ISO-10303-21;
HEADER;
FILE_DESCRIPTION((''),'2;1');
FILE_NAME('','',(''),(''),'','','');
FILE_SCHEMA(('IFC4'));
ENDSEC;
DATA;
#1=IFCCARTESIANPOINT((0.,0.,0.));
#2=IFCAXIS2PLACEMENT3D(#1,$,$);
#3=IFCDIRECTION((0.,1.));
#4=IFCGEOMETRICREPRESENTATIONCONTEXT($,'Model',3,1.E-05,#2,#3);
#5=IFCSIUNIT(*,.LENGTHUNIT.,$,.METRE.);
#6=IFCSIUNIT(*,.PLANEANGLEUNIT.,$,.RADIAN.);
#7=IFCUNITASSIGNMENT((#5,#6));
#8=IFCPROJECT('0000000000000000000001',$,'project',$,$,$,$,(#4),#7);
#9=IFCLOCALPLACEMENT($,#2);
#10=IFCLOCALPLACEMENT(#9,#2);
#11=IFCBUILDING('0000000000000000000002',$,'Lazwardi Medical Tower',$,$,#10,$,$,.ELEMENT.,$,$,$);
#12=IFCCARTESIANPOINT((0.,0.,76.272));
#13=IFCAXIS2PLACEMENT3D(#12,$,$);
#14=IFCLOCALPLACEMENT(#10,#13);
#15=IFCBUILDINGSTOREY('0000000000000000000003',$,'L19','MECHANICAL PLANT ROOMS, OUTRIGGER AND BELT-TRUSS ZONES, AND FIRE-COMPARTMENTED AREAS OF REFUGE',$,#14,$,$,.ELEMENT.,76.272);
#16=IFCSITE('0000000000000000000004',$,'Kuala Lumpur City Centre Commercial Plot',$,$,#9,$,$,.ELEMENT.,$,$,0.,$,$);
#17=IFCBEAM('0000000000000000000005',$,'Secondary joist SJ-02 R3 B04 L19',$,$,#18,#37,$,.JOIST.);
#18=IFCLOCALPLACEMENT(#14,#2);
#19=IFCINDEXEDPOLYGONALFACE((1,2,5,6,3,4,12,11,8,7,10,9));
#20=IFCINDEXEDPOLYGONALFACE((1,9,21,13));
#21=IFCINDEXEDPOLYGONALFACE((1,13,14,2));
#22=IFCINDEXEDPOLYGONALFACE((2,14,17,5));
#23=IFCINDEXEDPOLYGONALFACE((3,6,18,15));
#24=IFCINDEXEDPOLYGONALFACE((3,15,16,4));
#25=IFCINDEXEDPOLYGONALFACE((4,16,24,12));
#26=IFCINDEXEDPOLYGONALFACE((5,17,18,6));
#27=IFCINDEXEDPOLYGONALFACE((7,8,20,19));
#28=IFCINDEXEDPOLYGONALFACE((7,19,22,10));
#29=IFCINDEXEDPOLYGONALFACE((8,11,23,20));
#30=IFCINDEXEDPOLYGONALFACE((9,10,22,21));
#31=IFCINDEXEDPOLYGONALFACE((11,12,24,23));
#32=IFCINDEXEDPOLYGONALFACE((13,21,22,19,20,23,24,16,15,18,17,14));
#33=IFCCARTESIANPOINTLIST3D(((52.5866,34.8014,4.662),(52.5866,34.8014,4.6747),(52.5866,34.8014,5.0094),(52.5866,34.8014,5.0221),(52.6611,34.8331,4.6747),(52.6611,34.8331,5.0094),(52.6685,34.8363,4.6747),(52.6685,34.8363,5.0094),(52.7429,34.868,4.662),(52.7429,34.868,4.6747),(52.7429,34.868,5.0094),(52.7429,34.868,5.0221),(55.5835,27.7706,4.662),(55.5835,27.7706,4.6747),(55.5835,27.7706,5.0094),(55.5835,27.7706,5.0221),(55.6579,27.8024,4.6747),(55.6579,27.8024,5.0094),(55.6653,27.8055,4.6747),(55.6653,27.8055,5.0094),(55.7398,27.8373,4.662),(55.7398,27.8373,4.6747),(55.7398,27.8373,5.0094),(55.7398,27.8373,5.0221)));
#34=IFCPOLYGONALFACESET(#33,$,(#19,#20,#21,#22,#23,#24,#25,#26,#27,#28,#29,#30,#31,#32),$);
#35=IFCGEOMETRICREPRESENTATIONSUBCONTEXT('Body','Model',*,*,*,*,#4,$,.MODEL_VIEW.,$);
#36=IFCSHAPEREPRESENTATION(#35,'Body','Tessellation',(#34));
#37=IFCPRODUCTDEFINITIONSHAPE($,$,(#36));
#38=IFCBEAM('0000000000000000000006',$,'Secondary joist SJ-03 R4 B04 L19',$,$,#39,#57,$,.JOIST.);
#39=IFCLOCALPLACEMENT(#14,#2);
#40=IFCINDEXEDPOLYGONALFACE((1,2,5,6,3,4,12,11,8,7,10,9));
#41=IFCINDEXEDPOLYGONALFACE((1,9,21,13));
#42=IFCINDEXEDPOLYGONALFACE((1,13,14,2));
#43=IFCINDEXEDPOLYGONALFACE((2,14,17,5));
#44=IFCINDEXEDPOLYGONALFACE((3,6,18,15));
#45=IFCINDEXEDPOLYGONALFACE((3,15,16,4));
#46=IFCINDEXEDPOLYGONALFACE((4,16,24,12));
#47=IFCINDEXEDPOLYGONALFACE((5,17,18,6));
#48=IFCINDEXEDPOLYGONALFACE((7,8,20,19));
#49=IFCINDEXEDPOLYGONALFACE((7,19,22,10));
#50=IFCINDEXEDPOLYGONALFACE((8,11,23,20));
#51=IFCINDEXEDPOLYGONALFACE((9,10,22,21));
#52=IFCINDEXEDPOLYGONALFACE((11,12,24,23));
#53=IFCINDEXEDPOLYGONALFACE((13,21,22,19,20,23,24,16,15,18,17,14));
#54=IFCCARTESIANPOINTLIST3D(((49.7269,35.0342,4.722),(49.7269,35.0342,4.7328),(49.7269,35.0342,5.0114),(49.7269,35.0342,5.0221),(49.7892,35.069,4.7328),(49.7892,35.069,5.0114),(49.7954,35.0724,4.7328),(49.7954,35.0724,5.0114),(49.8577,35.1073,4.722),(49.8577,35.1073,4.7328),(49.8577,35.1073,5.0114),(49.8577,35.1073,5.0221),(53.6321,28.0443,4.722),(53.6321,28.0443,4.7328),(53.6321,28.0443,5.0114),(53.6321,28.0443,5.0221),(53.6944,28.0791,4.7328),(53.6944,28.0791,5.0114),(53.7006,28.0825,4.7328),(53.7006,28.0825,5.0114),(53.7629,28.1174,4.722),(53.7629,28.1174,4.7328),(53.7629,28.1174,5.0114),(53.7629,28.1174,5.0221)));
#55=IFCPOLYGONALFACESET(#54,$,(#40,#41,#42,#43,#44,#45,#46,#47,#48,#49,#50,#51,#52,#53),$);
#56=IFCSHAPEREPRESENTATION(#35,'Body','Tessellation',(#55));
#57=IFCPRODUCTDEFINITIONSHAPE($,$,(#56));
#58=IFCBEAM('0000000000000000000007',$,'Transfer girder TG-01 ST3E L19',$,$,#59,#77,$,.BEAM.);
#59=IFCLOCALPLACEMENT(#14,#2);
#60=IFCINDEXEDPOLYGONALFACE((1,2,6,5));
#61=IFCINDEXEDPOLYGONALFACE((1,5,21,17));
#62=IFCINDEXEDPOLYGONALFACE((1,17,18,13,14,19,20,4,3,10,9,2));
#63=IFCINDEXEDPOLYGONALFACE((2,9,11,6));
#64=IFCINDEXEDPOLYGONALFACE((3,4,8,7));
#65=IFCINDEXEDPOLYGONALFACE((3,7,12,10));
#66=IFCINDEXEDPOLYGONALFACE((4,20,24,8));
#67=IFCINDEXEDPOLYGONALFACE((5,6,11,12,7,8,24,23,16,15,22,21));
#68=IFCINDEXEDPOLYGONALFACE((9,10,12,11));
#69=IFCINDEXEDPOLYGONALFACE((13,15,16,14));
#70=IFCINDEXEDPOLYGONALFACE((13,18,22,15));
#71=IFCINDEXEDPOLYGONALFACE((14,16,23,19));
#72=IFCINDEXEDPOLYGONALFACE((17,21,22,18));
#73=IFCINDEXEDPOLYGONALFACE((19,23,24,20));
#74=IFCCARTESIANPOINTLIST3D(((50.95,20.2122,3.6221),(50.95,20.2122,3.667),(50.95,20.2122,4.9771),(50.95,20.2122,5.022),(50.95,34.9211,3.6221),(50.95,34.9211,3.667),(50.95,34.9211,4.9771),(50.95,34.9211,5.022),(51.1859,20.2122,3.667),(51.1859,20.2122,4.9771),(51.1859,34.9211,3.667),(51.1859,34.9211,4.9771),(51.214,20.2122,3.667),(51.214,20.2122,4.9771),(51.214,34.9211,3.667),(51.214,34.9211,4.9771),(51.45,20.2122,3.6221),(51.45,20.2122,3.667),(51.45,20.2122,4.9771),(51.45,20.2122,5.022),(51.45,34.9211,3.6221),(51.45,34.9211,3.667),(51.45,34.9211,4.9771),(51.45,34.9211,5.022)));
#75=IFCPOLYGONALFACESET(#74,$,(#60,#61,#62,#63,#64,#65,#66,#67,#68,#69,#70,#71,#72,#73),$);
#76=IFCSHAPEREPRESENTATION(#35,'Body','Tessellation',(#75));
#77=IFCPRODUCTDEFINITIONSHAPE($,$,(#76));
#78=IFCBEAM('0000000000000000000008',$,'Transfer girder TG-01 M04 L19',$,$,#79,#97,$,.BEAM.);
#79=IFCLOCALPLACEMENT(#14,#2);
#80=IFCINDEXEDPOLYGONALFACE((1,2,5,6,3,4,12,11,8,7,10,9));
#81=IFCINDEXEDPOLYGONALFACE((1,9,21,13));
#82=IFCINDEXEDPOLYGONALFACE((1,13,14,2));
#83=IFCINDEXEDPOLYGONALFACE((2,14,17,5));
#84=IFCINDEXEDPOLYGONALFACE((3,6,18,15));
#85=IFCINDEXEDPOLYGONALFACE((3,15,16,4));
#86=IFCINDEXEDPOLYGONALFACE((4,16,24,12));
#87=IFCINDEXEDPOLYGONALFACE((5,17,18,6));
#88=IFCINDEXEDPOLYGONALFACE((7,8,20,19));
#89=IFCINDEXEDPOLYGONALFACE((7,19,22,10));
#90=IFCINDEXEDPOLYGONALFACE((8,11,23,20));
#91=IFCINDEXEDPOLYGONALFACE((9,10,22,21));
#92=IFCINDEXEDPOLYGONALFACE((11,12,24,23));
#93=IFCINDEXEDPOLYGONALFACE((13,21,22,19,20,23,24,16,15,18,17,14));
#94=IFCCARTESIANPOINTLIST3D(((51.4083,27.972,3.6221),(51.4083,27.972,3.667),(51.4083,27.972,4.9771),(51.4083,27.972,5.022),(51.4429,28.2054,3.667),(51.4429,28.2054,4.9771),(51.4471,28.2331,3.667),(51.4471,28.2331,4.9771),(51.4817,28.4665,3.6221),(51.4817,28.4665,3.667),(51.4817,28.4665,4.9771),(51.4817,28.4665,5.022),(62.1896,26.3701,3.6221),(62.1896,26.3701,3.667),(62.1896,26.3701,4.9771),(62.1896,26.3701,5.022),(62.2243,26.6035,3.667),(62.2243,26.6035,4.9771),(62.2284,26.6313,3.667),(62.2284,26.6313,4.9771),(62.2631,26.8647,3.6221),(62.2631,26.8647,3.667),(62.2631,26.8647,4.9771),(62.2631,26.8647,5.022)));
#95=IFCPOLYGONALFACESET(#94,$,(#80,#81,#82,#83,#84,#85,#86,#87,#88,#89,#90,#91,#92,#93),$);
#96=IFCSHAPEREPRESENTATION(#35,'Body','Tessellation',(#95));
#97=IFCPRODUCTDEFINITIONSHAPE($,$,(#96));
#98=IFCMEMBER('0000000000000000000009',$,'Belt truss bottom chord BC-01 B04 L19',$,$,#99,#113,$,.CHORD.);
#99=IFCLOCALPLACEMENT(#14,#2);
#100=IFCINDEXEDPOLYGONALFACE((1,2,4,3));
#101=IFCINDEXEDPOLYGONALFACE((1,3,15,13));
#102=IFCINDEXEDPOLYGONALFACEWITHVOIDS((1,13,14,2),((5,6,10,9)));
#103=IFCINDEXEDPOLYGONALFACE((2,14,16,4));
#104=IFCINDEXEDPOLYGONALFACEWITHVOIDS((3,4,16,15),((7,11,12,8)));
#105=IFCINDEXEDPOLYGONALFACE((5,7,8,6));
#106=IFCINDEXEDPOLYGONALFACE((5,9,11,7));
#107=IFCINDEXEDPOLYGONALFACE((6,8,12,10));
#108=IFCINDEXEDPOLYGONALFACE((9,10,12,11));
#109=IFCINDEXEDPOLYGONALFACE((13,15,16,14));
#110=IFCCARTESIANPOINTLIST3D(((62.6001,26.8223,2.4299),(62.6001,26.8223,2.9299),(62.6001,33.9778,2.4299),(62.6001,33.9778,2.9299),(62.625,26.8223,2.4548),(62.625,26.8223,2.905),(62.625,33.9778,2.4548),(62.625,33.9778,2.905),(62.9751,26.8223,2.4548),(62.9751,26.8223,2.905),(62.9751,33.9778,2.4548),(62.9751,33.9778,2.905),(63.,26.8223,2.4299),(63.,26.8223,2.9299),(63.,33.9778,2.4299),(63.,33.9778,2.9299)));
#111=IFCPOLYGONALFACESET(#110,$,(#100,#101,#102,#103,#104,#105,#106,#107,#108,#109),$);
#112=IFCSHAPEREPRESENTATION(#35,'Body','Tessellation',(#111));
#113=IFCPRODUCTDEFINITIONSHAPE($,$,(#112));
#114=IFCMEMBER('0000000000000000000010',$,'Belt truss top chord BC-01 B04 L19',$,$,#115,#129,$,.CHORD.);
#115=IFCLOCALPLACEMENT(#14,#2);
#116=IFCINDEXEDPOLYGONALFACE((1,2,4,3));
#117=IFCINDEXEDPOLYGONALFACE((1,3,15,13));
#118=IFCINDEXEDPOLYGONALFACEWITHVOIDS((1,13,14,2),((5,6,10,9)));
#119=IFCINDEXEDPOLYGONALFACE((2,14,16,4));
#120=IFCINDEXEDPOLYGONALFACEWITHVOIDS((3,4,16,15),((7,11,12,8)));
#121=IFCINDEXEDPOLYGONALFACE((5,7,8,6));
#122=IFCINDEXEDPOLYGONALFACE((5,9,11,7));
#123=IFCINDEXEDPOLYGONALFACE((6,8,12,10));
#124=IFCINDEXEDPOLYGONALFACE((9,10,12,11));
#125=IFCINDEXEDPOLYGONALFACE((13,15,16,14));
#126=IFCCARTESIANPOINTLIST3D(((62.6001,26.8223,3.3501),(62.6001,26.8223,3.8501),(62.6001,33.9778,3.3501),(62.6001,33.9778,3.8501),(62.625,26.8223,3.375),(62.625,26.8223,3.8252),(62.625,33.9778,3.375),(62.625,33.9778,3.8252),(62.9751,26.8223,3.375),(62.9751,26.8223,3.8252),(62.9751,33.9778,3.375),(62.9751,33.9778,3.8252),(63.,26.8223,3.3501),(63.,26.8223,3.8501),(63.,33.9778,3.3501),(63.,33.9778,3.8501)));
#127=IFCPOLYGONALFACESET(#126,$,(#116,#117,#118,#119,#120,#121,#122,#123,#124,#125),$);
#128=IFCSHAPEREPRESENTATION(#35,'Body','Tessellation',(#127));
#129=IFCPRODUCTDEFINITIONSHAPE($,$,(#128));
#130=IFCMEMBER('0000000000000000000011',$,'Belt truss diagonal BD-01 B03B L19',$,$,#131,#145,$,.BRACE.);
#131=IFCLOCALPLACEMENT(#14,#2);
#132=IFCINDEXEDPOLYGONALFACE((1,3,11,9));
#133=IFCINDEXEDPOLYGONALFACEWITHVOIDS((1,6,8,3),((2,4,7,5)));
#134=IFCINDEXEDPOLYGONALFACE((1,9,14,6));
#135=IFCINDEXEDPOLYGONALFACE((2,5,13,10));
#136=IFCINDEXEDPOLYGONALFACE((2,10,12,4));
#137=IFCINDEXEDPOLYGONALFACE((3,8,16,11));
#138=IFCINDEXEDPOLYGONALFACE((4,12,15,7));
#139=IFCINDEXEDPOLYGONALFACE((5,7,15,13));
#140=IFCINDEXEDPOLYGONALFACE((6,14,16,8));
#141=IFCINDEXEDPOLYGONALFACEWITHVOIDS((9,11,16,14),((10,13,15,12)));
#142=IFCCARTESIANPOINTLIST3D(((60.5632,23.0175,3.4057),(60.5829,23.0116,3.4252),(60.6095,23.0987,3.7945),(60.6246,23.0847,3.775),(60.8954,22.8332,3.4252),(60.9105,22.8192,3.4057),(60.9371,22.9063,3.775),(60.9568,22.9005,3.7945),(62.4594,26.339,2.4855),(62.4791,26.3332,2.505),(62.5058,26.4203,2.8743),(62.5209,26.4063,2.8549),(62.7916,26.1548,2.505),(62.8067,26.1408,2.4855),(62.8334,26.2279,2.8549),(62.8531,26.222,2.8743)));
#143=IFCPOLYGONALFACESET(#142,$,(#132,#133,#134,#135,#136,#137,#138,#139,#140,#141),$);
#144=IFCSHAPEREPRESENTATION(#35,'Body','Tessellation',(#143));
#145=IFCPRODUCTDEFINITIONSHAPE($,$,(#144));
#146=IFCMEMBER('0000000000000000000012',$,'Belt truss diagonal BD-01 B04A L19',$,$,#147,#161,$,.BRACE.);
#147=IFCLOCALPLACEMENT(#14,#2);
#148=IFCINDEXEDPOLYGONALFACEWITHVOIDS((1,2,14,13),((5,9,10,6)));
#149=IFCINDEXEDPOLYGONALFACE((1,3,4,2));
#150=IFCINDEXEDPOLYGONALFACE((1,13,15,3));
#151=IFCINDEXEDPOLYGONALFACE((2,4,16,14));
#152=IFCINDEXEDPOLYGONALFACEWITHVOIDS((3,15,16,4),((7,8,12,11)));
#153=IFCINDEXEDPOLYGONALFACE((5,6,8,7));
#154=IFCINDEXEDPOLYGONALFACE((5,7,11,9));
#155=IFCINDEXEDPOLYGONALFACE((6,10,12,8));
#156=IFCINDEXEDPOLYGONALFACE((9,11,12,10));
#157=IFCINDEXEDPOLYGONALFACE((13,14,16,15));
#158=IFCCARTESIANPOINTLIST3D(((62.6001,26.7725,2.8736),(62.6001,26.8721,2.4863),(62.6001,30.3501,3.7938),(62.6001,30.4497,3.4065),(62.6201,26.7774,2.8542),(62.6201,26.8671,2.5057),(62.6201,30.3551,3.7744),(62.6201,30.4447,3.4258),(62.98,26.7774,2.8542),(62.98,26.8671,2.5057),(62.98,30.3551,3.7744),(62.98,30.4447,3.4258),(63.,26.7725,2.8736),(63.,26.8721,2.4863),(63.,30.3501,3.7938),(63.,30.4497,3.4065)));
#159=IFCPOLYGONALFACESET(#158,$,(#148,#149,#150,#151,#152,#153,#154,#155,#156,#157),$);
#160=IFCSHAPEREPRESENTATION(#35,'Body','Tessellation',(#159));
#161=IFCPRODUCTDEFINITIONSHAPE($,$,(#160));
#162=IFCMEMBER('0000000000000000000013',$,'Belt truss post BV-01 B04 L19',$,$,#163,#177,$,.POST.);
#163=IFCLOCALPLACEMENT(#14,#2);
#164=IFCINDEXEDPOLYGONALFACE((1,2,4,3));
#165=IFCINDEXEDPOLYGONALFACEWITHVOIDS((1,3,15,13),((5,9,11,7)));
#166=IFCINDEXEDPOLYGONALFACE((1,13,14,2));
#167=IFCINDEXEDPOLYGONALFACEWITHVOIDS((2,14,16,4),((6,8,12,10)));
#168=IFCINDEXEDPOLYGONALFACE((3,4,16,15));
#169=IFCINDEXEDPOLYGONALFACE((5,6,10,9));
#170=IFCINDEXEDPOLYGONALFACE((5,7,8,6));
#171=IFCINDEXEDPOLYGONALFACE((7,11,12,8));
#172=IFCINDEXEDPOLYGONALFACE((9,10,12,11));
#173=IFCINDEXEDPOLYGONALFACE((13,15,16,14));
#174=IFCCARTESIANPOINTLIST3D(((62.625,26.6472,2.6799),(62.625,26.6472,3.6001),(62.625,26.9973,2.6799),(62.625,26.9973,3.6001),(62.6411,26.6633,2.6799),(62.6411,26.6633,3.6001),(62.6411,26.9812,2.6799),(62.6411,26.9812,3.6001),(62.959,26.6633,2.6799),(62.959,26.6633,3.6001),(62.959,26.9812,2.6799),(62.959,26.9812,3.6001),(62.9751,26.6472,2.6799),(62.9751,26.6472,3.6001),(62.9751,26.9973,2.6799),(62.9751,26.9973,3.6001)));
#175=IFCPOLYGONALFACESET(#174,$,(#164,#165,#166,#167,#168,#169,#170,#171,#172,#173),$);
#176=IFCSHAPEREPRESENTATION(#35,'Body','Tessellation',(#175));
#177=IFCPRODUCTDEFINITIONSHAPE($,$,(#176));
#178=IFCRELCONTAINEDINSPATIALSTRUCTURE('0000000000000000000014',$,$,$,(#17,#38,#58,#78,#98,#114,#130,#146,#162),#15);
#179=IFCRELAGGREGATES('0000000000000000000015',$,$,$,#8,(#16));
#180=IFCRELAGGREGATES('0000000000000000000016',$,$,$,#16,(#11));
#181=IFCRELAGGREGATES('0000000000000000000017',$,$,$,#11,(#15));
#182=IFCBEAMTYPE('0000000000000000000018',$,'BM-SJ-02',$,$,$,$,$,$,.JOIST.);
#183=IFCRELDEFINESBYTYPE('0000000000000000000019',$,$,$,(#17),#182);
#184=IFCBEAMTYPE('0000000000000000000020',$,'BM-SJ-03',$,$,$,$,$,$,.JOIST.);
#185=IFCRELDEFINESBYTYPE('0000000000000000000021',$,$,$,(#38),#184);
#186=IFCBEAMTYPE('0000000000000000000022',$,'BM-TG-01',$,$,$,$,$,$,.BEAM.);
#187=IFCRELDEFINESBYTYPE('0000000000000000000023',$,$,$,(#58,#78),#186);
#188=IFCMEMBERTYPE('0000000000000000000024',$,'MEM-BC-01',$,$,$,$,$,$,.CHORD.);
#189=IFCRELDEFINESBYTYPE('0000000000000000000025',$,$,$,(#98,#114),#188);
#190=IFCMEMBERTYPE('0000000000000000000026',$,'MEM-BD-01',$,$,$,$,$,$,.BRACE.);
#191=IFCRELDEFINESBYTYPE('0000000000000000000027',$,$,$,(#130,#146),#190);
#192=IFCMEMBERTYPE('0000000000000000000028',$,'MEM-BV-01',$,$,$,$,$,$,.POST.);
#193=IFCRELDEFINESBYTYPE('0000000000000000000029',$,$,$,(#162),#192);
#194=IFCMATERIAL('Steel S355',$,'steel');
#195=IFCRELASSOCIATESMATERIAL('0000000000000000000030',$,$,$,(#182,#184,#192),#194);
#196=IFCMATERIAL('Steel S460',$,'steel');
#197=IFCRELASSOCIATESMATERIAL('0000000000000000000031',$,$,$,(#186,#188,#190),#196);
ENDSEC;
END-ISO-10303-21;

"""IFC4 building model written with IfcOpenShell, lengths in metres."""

from ifc_helpers import new_model, si_unit, direction, frame, origin, origin_2d, place, context, subcontext, project, spatial, hollow_rectangle, i_section, extrude, material, material_profile, profile_set, type_object, element, save


model = new_model("IFC4")

# Units and contexts
model_context = context("Model", 3, precision=1e-05, world=origin(), true_north=direction((0.0, 1.0)))
body_context = subcontext(model_context, "Body", "Model", "MODEL_VIEW")
ifc_project = project(units=[si_unit("LENGTHUNIT", "METRE"), si_unit("PLANEANGLEUNIT", "RADIAN")], contexts=[model_context])

# Site, building, storey
site_placement = place(None, origin())
site = spatial("IfcSite", under=ifc_project, at=site_placement, Name="Kuala Lumpur City Centre Commercial Plot", CompositionType="ELEMENT", RefElevation=0.0)
building_placement = place(site_placement, origin())
building = spatial("IfcBuilding", under=site, at=building_placement, Name="Lazwardi Medical Tower", CompositionType="ELEMENT")
storey_placement = place(building_placement, frame((0.0, 0.0, 76.272)))
storey = spatial("IfcBuildingStorey", under=building, at=storey_placement, Name="L19", Description="MECHANICAL PLANT ROOMS, OUTRIGGER AND BELT-TRUSS ZONES, AND FIRE-COMPARTMENTED AREAS OF REFUGE", CompositionType="ELEMENT", Elevation=76.272)

# Beams
ifc_material_1 = material(Name="Steel S460", Category="steel")
ifc_material_2 = material(Name="Steel S355", Category="steel")
ifc_material_profile_1 = material_profile(ifc_material_2, i_section(OverallWidth=0.1699, OverallDepth=0.3601, WebThickness=0.0081, FlangeThickness=0.0127, at=origin_2d()), Name="IPE 360")
ifc_profile_set_1 = profile_set([ifc_material_profile_1], Name="Steel S355")
beam_type_1 = type_object("IfcBeamType", Name="BM-SJ-02", PredefinedType="JOIST", material=ifc_profile_set_1)
beam_1_placement = place(storey_placement, frame((55.6616, 27.804, 4.842), z_axis=(-0.39211, 0.919918, 0.0), x_axis=(-0.919918, -0.39211, 0.0)))
element("IfcBeam", 1, at=beam_1_placement, inside=storey, type_object=beam_type_1, Name="Secondary joist SJ-02 R3 B04 L19", PredefinedType="JOIST", context=body_context, shape_type="SweptSolid", body=[
    extrude(i_section(OverallWidth=0.1699, OverallDepth=0.3601, WebThickness=0.0081, FlangeThickness=0.0127, at=origin_2d()), origin(), (0.0, 0.0, 1.0), 7.6428),
])
ifc_material_profile_2 = material_profile(ifc_material_2, i_section(OverallWidth=0.1499, OverallDepth=0.3, WebThickness=0.0071, FlangeThickness=0.0107, at=origin_2d()), Name="IPE 300")
ifc_profile_set_2 = profile_set([ifc_material_profile_2], Name="Steel S355")
beam_type_2 = type_object("IfcBeamType", Name="BM-SJ-03", PredefinedType="JOIST", material=ifc_profile_set_2)
beam_2_placement = place(storey_placement, frame((53.6975, 28.0808, 4.8721), z_axis=(-0.487736, 0.872991, 0.0), x_axis=(-0.872991, -0.487736, 0.0)))
element("IfcBeam", 2, at=beam_2_placement, inside=storey, type_object=beam_type_2, Name="Secondary joist SJ-03 R4 B04 L19", PredefinedType="JOIST", context=body_context, shape_type="SweptSolid", body=[
    extrude(i_section(OverallWidth=0.1499, OverallDepth=0.3, WebThickness=0.0071, FlangeThickness=0.0107, at=origin_2d()), origin(), (0.0, 0.0, 1.0), 8.0068),
])
ifc_material_profile_3 = material_profile(ifc_material_1, i_section(OverallWidth=0.5, OverallDepth=1.3999, WebThickness=0.0281, FlangeThickness=0.0449, at=origin_2d()), Name="PG 1400x500")
ifc_profile_set_3 = profile_set([ifc_material_profile_3], Name="Steel S460")
beam_type_3 = type_object("IfcBeamType", Name="BM-TG-01", PredefinedType="BEAM", material=ifc_profile_set_3)
beam_3_placement = place(storey_placement, frame((51.2, 20.2122, 4.322), z_axis=(0.0, 1.0, 0.0), x_axis=(-1.0, 0.0, 0.0)))
element("IfcBeam", 3, at=beam_3_placement, inside=storey, type_object=beam_type_3, Name="Transfer girder TG-01 ST3E L19", PredefinedType="BEAM", context=body_context, shape_type="SweptSolid", body=[
    extrude(i_section(OverallWidth=0.5, OverallDepth=1.3999, WebThickness=0.0281, FlangeThickness=0.0449, at=origin_2d()), origin(), (0.0, 0.0, 1.0), 14.709),
])
beam_4_placement = place(storey_placement, frame((62.2263, 26.6174, 4.322), z_axis=(-0.989142, 0.14696, 0.0), x_axis=(-0.14696, -0.989142, 0.0)))
element("IfcBeam", 4, at=beam_4_placement, inside=storey, type_object=beam_type_3, Name="Transfer girder TG-01 M04 L19", PredefinedType="BEAM", context=body_context, shape_type="SweptSolid", body=[
    extrude(i_section(OverallWidth=0.5, OverallDepth=1.3999, WebThickness=0.0281, FlangeThickness=0.0449, at=origin_2d()), origin(), (0.0, 0.0, 1.0), 10.8997),
])

# Members
ifc_material_profile_4 = material_profile(ifc_material_1, hollow_rectangle(XDim=0.3999, YDim=0.5, WallThickness=0.0249, at=origin_2d()), Name="RHS 500x400x25")
ifc_profile_set_4 = profile_set([ifc_material_profile_4], Name="Steel S460")
member_type_1 = type_object("IfcMemberType", Name="MEM-BC-01", PredefinedType="CHORD", material=ifc_profile_set_4)
for number, where, z_axis, x_axis, name in (
    (5, (62.8, 26.8223, 2.6799), (0.0, 1.0, 0.0), (-1.0, 0.0, 0.0), "Belt truss bottom chord BC-01 B04 L19"),
    (6, (62.8, 26.8223, 3.6001), (0.0, 1.0, 0.0), (-1.0, 0.0, 0.0), "Belt truss top chord BC-01 B04 L19"),
):
    element("IfcMember", number, at=place(storey_placement, frame(where, z_axis=z_axis, x_axis=x_axis)), inside=storey, type_object=member_type_1, Name=name, PredefinedType="CHORD", context=body_context, shape_type="SweptSolid", body=[
        extrude(hollow_rectangle(XDim=0.3999, YDim=0.5, WallThickness=0.0249, at=origin_2d()), origin(), (0.0, 0.0, 1.0), 7.1555),
    ])
ifc_material_profile_5 = material_profile(ifc_material_1, hollow_rectangle(XDim=0.3999, YDim=0.3999, WallThickness=0.02, at=origin_2d()), Name="RHS 400x400x20")
ifc_profile_set_5 = profile_set([ifc_material_profile_5], Name="Steel S460")
member_type_2 = type_object("IfcMemberType", Name="MEM-BD-01", PredefinedType="BRACE", material=ifc_profile_set_5)
member_1_placement = place(storey_placement, frame((62.6562, 26.2805, 2.6799), z_axis=(-0.482034, -0.844351, 0.233911), x_axis=(0.868443, -0.495788, 0.0)))
element("IfcMember", 7, at=member_1_placement, inside=storey, type_object=member_type_2, Name="Belt truss diagonal BD-01 B03B L19", PredefinedType="BRACE", context=body_context, shape_type="SweptSolid", body=[
    extrude(hollow_rectangle(XDim=0.3999, YDim=0.3999, WallThickness=0.02, at=origin_2d()), origin(), (0.0, 0.0, 1.0), 3.9338),
])
member_2_placement = place(storey_placement, frame((62.8, 26.8223, 2.6799), z_axis=(0.0, 0.96848, 0.249092), x_axis=(-1.0, 0.0, 0.0)))
element("IfcMember", 8, at=member_2_placement, inside=storey, type_object=member_type_2, Name="Belt truss diagonal BD-01 B04A L19", PredefinedType="BRACE", context=body_context, shape_type="SweptSolid", body=[
    extrude(hollow_rectangle(XDim=0.3999, YDim=0.3999, WallThickness=0.02, at=origin_2d()), origin(), (0.0, 0.0, 1.0), 3.6941),
])
ifc_material_profile_6 = material_profile(ifc_material_2, hollow_rectangle(XDim=0.3501, YDim=0.3501, WallThickness=0.0161, at=origin_2d()), Name="RHS 350x350x16")
ifc_profile_set_6 = profile_set([ifc_material_profile_6], Name="Steel S355")
member_type_3 = type_object("IfcMemberType", Name="MEM-BV-01", PredefinedType="POST", material=ifc_profile_set_6)
member_3_placement = place(storey_placement, frame((62.8, 26.8223, 2.6799), z_axis=(0.0, 0.0, 1.0), x_axis=(1.0, 0.0, 0.0)))
element("IfcMember", 9, at=member_3_placement, inside=storey, type_object=member_type_3, Name="Belt truss post BV-01 B04 L19", PredefinedType="POST", context=body_context, shape_type="SweptSolid", body=[
    extrude(hollow_rectangle(XDim=0.3501, YDim=0.3501, WallThickness=0.0161, at=origin_2d()), origin(), (0.0, 0.0, 1.0), 0.9202),
])

save(model, "model.ifc")
